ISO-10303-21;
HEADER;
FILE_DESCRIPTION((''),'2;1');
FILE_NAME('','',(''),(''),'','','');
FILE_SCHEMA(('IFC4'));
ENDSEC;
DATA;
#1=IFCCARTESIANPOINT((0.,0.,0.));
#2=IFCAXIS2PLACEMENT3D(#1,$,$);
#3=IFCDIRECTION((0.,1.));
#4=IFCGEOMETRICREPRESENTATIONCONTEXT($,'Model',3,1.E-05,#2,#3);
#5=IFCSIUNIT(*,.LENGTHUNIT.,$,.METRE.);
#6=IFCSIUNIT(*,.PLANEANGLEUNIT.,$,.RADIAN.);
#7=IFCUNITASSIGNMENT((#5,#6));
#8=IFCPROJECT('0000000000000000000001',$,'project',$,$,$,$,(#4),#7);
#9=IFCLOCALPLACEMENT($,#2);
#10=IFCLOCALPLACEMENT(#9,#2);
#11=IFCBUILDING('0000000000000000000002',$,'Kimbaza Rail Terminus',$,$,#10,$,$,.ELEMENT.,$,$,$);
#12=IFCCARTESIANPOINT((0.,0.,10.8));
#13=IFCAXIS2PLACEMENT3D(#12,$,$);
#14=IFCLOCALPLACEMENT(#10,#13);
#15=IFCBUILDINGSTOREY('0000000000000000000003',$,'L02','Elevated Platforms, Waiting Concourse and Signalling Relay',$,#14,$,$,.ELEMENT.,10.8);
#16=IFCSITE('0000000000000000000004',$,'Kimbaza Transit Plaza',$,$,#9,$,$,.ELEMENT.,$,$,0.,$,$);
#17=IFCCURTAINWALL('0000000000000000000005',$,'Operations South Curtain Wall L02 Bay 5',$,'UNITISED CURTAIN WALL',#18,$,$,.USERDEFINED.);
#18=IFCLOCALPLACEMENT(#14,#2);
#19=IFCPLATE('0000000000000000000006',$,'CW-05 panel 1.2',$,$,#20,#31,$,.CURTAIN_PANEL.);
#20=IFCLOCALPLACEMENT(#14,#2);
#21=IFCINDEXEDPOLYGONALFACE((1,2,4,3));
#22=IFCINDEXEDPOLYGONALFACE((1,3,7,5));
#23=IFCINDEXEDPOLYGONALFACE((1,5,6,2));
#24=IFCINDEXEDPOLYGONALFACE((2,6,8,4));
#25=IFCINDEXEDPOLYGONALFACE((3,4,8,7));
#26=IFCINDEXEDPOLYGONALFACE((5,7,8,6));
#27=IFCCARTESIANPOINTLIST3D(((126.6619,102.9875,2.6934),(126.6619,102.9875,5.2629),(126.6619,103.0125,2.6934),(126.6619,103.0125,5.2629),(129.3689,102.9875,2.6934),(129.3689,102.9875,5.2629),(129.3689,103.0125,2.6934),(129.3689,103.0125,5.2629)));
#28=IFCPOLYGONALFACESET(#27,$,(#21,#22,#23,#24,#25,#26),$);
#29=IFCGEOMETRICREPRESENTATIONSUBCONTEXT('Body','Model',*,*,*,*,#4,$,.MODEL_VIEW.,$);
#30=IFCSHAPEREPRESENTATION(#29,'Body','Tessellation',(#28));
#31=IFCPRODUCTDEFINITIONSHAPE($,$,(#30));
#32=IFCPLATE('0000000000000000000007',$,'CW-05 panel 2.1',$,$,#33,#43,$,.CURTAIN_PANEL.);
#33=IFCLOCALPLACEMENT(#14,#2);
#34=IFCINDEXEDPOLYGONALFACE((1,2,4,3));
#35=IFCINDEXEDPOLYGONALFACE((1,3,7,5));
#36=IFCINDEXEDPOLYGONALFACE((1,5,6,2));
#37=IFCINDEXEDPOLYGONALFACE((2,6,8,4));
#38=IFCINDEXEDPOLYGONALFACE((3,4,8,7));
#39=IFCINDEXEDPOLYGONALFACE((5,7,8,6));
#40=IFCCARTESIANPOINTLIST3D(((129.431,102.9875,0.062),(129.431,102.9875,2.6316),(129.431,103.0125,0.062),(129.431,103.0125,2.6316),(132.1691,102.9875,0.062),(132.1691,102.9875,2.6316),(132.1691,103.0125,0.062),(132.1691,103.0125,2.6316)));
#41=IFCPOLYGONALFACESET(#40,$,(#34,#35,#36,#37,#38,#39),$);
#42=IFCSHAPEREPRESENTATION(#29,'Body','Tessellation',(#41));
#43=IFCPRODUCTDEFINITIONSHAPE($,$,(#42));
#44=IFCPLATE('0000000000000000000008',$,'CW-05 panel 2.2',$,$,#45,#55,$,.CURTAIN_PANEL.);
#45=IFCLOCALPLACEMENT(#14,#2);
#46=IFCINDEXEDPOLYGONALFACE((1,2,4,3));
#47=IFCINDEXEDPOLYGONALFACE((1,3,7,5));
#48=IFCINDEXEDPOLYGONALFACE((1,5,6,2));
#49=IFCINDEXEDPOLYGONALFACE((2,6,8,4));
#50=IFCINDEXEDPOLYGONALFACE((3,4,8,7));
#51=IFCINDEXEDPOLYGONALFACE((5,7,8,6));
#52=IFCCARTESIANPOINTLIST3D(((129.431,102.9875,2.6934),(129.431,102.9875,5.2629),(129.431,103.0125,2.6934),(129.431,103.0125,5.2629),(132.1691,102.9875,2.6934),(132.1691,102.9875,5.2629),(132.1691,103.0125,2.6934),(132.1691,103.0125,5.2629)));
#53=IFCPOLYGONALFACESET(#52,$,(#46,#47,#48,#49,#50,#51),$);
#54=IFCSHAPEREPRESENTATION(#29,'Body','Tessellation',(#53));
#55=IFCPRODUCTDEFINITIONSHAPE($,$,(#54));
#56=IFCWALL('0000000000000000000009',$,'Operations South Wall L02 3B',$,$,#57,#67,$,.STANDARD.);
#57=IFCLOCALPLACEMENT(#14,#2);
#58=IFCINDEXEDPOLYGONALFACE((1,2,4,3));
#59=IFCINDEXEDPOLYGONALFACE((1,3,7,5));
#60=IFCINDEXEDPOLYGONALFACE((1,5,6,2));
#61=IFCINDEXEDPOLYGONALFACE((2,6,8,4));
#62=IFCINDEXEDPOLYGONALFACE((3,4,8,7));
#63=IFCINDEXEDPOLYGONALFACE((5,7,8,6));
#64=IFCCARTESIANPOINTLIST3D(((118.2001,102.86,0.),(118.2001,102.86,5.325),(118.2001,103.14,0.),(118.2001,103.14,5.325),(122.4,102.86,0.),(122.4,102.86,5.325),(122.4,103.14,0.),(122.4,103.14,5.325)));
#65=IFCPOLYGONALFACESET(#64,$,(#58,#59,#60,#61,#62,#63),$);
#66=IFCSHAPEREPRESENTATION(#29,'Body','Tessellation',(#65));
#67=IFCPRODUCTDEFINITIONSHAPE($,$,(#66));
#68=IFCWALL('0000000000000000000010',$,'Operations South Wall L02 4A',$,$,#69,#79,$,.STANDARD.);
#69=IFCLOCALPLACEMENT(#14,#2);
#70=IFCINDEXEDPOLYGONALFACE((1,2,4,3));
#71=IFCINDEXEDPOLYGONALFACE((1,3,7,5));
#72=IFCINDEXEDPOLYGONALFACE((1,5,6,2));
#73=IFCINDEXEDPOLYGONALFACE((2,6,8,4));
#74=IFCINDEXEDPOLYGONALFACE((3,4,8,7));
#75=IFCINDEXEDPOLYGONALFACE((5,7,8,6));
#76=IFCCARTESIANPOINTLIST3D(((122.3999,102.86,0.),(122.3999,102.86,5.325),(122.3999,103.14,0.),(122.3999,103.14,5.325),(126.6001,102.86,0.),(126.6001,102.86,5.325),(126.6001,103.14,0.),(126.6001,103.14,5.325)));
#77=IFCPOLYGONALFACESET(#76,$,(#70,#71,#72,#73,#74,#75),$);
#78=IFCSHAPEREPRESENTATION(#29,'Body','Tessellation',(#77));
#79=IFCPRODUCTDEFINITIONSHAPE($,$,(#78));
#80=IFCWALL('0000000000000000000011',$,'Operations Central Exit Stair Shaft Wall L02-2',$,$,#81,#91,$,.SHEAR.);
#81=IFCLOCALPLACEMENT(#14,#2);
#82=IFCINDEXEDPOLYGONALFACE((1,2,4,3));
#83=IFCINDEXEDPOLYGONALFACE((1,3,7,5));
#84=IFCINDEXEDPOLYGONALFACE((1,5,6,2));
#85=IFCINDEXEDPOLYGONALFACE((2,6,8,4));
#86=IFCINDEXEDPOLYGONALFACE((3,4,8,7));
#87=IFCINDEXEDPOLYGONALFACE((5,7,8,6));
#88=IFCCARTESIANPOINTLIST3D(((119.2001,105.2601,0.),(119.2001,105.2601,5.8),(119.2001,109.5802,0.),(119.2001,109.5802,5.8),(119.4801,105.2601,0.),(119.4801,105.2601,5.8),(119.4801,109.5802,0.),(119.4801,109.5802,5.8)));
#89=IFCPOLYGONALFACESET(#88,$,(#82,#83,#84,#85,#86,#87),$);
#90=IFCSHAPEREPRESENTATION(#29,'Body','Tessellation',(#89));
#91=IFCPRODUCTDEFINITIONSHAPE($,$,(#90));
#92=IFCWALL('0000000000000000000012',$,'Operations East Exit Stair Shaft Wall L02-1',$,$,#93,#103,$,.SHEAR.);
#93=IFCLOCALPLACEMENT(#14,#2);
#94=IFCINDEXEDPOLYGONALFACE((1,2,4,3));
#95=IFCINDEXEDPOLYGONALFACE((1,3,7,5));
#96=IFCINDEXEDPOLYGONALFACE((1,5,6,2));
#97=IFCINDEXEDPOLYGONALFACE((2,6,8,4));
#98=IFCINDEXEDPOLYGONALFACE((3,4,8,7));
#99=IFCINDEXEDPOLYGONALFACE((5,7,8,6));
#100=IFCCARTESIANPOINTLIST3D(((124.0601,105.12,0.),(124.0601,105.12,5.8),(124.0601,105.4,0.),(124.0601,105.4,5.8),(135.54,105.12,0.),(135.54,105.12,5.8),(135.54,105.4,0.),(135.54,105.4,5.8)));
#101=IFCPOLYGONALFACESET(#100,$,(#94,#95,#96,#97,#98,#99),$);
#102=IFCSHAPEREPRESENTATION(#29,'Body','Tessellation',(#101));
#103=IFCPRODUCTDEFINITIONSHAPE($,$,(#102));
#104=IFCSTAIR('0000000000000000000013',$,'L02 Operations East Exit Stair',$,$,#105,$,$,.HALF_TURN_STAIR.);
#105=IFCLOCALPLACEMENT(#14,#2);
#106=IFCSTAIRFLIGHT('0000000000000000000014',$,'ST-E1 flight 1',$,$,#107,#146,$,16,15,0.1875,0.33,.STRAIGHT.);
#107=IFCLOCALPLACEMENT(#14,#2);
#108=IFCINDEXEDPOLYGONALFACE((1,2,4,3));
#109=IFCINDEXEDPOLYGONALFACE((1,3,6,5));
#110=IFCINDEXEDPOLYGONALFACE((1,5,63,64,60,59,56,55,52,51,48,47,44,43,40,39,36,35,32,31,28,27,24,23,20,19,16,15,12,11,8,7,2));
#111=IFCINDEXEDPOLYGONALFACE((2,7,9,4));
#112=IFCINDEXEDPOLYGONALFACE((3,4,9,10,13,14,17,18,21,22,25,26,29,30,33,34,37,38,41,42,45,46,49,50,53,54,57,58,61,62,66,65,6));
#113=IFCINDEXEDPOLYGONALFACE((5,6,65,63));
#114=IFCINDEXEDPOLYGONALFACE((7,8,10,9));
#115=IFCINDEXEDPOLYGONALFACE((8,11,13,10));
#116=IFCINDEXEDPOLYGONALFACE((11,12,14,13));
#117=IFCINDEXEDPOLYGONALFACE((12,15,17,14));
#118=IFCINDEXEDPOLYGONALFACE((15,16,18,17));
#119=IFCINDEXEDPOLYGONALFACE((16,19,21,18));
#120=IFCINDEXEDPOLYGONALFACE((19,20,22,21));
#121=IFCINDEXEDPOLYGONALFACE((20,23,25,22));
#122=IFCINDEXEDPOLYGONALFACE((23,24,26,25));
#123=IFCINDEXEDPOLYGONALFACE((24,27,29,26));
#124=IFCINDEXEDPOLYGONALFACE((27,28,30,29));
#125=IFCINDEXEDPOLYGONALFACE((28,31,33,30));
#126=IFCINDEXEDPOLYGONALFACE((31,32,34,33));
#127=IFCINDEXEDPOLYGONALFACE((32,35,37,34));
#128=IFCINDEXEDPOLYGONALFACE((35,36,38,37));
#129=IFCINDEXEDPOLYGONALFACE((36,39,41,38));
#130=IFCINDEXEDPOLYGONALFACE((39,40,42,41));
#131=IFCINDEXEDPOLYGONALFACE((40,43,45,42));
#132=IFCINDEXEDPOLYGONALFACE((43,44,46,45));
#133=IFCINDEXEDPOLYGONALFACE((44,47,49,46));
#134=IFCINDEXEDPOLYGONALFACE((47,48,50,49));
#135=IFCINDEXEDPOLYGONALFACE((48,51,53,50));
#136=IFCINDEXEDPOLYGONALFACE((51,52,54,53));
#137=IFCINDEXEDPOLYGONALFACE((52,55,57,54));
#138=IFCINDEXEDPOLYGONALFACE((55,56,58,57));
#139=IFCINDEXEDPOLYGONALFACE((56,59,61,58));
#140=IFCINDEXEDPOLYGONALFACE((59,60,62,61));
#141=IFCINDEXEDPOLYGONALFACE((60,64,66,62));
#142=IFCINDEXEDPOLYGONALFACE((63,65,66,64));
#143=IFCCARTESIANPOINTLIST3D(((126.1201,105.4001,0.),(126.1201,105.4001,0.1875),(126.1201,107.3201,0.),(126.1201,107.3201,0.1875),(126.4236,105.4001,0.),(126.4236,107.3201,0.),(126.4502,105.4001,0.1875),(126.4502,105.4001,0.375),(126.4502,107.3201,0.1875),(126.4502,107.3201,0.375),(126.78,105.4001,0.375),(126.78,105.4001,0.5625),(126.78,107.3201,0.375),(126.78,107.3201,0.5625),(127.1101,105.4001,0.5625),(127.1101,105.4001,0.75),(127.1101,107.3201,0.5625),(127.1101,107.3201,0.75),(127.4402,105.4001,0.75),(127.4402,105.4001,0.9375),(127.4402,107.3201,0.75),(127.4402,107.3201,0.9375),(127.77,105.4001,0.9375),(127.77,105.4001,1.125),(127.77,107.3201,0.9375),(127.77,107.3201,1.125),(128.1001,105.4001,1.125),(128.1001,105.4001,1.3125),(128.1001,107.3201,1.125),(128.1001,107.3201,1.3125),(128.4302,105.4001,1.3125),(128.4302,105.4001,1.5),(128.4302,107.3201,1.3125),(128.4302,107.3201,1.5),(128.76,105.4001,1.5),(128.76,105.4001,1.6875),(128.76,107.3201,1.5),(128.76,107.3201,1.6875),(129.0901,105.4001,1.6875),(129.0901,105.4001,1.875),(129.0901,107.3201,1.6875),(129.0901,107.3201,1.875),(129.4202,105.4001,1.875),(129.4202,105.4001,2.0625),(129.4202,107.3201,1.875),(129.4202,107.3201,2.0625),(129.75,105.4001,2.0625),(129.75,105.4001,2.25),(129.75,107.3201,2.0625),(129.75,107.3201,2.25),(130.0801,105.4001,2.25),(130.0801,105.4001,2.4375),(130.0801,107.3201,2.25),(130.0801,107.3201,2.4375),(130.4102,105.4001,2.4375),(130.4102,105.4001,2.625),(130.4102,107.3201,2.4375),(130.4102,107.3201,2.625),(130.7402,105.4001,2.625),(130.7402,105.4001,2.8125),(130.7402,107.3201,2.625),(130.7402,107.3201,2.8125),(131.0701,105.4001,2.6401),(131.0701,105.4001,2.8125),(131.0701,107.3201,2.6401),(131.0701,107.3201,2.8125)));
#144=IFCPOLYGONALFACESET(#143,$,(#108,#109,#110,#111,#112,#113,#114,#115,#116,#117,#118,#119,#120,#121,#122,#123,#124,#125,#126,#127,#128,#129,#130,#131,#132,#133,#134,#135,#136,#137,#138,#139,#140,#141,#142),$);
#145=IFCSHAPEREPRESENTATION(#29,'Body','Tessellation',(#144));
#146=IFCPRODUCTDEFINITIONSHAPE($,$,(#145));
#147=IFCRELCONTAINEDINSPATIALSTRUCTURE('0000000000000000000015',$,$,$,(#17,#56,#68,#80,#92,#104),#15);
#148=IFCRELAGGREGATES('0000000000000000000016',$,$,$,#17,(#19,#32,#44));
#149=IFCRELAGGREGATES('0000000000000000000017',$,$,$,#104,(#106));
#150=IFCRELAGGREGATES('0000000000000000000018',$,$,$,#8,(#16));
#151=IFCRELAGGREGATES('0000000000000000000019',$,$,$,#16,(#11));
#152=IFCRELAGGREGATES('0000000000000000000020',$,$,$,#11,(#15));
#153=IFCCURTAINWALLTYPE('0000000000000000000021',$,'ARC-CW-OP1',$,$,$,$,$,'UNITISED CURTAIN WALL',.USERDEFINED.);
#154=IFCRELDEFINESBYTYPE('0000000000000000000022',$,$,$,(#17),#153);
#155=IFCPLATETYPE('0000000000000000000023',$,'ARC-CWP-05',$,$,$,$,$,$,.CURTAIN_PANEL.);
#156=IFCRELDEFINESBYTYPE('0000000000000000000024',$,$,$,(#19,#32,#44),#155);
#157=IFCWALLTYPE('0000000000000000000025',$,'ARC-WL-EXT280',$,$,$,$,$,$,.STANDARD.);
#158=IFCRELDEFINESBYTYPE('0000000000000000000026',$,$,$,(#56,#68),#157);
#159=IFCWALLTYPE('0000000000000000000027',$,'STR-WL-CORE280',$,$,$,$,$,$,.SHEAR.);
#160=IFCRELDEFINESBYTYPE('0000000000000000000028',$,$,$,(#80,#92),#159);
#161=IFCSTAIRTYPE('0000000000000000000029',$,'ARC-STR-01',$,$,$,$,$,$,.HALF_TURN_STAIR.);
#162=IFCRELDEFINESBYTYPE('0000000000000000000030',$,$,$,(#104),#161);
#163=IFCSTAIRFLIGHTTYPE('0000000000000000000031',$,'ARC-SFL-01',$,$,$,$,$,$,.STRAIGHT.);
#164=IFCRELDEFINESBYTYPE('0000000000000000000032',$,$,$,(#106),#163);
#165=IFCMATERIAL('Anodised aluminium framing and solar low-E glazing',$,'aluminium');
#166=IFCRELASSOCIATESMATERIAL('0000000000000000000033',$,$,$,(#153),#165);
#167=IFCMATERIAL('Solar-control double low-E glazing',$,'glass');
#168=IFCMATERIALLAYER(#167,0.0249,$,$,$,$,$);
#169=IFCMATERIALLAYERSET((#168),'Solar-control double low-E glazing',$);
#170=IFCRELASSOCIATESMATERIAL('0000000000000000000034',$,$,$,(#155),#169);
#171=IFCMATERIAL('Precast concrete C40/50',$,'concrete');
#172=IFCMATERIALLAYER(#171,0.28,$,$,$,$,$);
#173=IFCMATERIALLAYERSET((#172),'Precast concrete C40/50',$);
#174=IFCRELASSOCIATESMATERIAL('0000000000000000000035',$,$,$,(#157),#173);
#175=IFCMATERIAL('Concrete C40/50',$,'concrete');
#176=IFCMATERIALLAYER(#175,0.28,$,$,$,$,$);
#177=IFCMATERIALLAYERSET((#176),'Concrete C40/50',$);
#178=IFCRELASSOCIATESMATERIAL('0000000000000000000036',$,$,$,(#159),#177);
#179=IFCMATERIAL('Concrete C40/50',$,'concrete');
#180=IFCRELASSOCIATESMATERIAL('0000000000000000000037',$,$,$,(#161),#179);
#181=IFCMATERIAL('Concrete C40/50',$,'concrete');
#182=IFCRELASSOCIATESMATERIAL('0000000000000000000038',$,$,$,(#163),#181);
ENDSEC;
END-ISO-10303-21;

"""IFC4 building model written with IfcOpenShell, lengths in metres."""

from ifc_helpers import new_model, si_unit, direction, frame, frame_2d, origin, origin_2d, place, context, subcontext, project, spatial, polyline, rectangle, outline, extrude, material, layer, layer_set, type_object, element, aggregate, save


model = new_model("IFC4")

# Units and contexts
model_context = context("Model", 3, precision=1e-05, world=origin(), true_north=direction((0.0, 1.0)))
body_context = subcontext(model_context, "Body", "Model", "MODEL_VIEW")
ifc_project = project(units=[si_unit("LENGTHUNIT", "METRE"), si_unit("PLANEANGLEUNIT", "RADIAN")], contexts=[model_context])

# Site, building, storey
site_placement = place(None, origin())
site = spatial("IfcSite", under=ifc_project, at=site_placement, Name="Kimbaza Transit Plaza", CompositionType="ELEMENT", RefElevation=0.0)
building_placement = place(site_placement, origin())
building = spatial("IfcBuilding", under=site, at=building_placement, Name="Kimbaza Rail Terminus", CompositionType="ELEMENT")
storey_placement = place(building_placement, frame((0.0, 0.0, 10.8)))
storey = spatial("IfcBuildingStorey", under=building, at=storey_placement, Name="L02", Description="Elevated Platforms, Waiting Concourse and Signalling Relay", CompositionType="ELEMENT", Elevation=10.8)

# Shared definitions
ifc_material_1 = material(Name="Anodised aluminium framing and solar low-E glazing", Category="aluminium")
curtain_wall_type = type_object("IfcCurtainWallType", Name="ARC-CW-OP1", ElementType="UNITISED CURTAIN WALL", PredefinedType="USERDEFINED", material=ifc_material_1)

# Curtain wall
curtain_wall_1_placement = place(storey_placement, origin())
curtain_wall_1 = element("IfcCurtainWall", 1, at=curtain_wall_1_placement, inside=storey, type_object=curtain_wall_type, Name="Operations South Curtain Wall L02 Bay 5", ObjectType="UNITISED CURTAIN WALL", PredefinedType="USERDEFINED")

# Plates
ifc_material_2 = material(Name="Solar-control double low-E glazing", Category="glass")
ifc_layer_1 = layer(ifc_material_2, 0.0249)
ifc_layer_set_1 = layer_set([ifc_layer_1], Name="Solar-control double low-E glazing")
plate_type = type_object("IfcPlateType", Name="ARC-CWP-05", PredefinedType="CURTAIN_PANEL", material=ifc_layer_set_1)
plate_1_placement = place(storey_placement, frame((128.0154, 103.0, 2.6934), z_axis=(0.0, 0.0, 1.0), x_axis=(1.0, 0.0, 0.0)))
plate_1 = element("IfcPlate", 2, at=plate_1_placement, type_object=plate_type, Name="CW-05 panel 1.2", PredefinedType="CURTAIN_PANEL", context=body_context, shape_type="SweptSolid", body=[
    extrude(rectangle(XDim=2.707, YDim=0.0249, at=origin_2d()), origin(), (0.0, 0.0, 1.0), 2.5696),
])
plate_2_placement = place(storey_placement, frame((130.8, 103.0, 0.062), z_axis=(0.0, 0.0, 1.0), x_axis=(1.0, 0.0, 0.0)))
plate_2 = element("IfcPlate", 3, at=plate_2_placement, type_object=plate_type, Name="CW-05 panel 2.1", PredefinedType="CURTAIN_PANEL", context=body_context, shape_type="SweptSolid", body=[
    extrude(rectangle(XDim=2.738, YDim=0.0249, at=origin_2d()), origin(), (0.0, 0.0, 1.0), 2.5696),
])
plate_3_placement = place(storey_placement, frame((130.8, 103.0, 2.6934), z_axis=(0.0, 0.0, 1.0), x_axis=(1.0, 0.0, 0.0)))
plate_3 = element("IfcPlate", 4, at=plate_3_placement, type_object=plate_type, Name="CW-05 panel 2.2", PredefinedType="CURTAIN_PANEL", context=body_context, shape_type="SweptSolid", body=[
    extrude(rectangle(XDim=2.738, YDim=0.0249, at=origin_2d()), origin(), (0.0, 0.0, 1.0), 2.5696),
])
aggregate(curtain_wall_1, [plate_1, plate_2, plate_3])

# Walls
ifc_material_3 = material(Name="Precast concrete C40/50", Category="concrete")
ifc_layer_2 = layer(ifc_material_3, 0.28)
ifc_layer_set_2 = layer_set([ifc_layer_2], Name="Precast concrete C40/50")
wall_type_1 = type_object("IfcWallType", Name="ARC-WL-EXT280", PredefinedType="STANDARD", material=ifc_layer_set_2)
wall_1_placement = place(storey_placement, frame((118.2, 103.0, 0.0), z_axis=(0.0, 0.0, 1.0), x_axis=(1.0, 0.0, 0.0)))
element("IfcWall", 5, at=wall_1_placement, inside=storey, type_object=wall_type_1, Name="Operations South Wall L02 3B", PredefinedType="STANDARD", context=body_context, shape_type="SweptSolid", body=[
    extrude(rectangle(XDim=4.2, YDim=0.28, at=frame_2d((2.1001, 0.0))), origin(), (0.0, 0.0, 1.0), 5.325),
])
wall_2_placement = place(storey_placement, frame((122.3999, 103.0, 0.0), z_axis=(0.0, 0.0, 1.0), x_axis=(1.0, 0.0, 0.0)))
element("IfcWall", 6, at=wall_2_placement, inside=storey, type_object=wall_type_1, Name="Operations South Wall L02 4A", PredefinedType="STANDARD", context=body_context, shape_type="SweptSolid", body=[
    extrude(rectangle(XDim=4.2002, YDim=0.28, at=frame_2d((2.1001, 0.0))), origin(), (0.0, 0.0, 1.0), 5.325),
])
ifc_material_4 = material(Name="Concrete C40/50", Category="concrete")
ifc_layer_3 = layer(ifc_material_4, 0.28)
ifc_layer_set_3 = layer_set([ifc_layer_3], Name="Concrete C40/50")
wall_type_2 = type_object("IfcWallType", Name="STR-WL-CORE280", PredefinedType="SHEAR", material=ifc_layer_set_3)
wall_3_placement = place(storey_placement, frame((119.3401, 105.26, 0.0), z_axis=(0.0, 0.0, 1.0), x_axis=(0.0, 1.0, 0.0)))
element("IfcWall", 7, at=wall_3_placement, inside=storey, type_object=wall_type_2, Name="Operations Central Exit Stair Shaft Wall L02-2", PredefinedType="SHEAR", context=body_context, shape_type="SweptSolid", body=[
    extrude(rectangle(XDim=4.3201, YDim=0.28, at=frame_2d((2.1602, 0.0))), origin(), (0.0, 0.0, 1.0), 5.8),
])
wall_4_placement = place(storey_placement, frame((124.0601, 105.26, 0.0), z_axis=(0.0, 0.0, 1.0), x_axis=(1.0, 0.0, 0.0)))
element("IfcWall", 8, at=wall_4_placement, inside=storey, type_object=wall_type_2, Name="Operations East Exit Stair Shaft Wall L02-1", PredefinedType="SHEAR", context=body_context, shape_type="SweptSolid", body=[
    extrude(rectangle(XDim=11.48, YDim=0.28, at=frame_2d((5.74, 0.0))), origin(), (0.0, 0.0, 1.0), 5.8),
])

# Stair, stair flight
ifc_material_5 = material(Name="Concrete C40/50", Category="concrete")
stair_type = type_object("IfcStairType", Name="ARC-STR-01", PredefinedType="HALF_TURN_STAIR", material=ifc_material_5)
stair_placement = place(storey_placement, origin())
stair = element("IfcStair", 9, at=stair_placement, inside=storey, type_object=stair_type, Name="L02 Operations East Exit Stair", PredefinedType="HALF_TURN_STAIR")
ifc_material_6 = material(Name="Concrete C40/50", Category="concrete")
stair_flight_type = type_object("IfcStairFlightType", Name="ARC-SFL-01", PredefinedType="STRAIGHT", material=ifc_material_6)
stair_flight_placement = place(storey_placement, frame((126.1201, 106.3601, 0.0), z_axis=(0.0, 0.0, 1.0), x_axis=(1.0, 0.0, 0.0)))
stair_flight = element("IfcStairFlight", 10, at=stair_flight_placement, type_object=stair_flight_type, Name="ST-E1 flight 1", NumberOfRisers=16, NumberOfTreads=15, PredefinedType="STRAIGHT", RiserHeight=0.1875, TreadLength=0.33, context=body_context, shape_type="SweptSolid", body=[
    extrude(outline(polyline([(0.0, 0.0), (0.0, 0.1875), (0.3301, 0.1875), (0.3301, 0.375), (0.6599, 0.375), (0.6599, 0.5625), (0.99, 0.5625), (0.99, 0.75), (1.3201, 0.75), (1.3201, 0.9375), (1.6499, 0.9375), (1.6499, 1.125), (1.98, 1.125), (1.98, 1.3125), (2.3101, 1.3125), (2.3101, 1.5), (2.6399, 1.5), (2.6399, 1.6875), (2.97, 1.6875), (2.97, 1.875), (3.3, 1.875), (3.3, 2.0625), (3.6299, 2.0625), (3.6299, 2.25), (3.96, 2.25), (3.96, 2.4375), (4.29, 2.4375), (4.29, 2.625), (4.6201, 2.625), (4.6201, 2.8125), (4.95, 2.8125), (4.95, 3.0), (4.95, 2.6401), (0.3035, 0.0), (0.0, 0.0)])), frame((0.0, 0.96, 0.0), z_axis=(0.0, -1.0, 0.0), x_axis=(1.0, 0.0, 0.0)), (0.0, 0.0, 1.0), 1.9199),
])
aggregate(stair, [stair_flight])

save(model, "model.ifc")
